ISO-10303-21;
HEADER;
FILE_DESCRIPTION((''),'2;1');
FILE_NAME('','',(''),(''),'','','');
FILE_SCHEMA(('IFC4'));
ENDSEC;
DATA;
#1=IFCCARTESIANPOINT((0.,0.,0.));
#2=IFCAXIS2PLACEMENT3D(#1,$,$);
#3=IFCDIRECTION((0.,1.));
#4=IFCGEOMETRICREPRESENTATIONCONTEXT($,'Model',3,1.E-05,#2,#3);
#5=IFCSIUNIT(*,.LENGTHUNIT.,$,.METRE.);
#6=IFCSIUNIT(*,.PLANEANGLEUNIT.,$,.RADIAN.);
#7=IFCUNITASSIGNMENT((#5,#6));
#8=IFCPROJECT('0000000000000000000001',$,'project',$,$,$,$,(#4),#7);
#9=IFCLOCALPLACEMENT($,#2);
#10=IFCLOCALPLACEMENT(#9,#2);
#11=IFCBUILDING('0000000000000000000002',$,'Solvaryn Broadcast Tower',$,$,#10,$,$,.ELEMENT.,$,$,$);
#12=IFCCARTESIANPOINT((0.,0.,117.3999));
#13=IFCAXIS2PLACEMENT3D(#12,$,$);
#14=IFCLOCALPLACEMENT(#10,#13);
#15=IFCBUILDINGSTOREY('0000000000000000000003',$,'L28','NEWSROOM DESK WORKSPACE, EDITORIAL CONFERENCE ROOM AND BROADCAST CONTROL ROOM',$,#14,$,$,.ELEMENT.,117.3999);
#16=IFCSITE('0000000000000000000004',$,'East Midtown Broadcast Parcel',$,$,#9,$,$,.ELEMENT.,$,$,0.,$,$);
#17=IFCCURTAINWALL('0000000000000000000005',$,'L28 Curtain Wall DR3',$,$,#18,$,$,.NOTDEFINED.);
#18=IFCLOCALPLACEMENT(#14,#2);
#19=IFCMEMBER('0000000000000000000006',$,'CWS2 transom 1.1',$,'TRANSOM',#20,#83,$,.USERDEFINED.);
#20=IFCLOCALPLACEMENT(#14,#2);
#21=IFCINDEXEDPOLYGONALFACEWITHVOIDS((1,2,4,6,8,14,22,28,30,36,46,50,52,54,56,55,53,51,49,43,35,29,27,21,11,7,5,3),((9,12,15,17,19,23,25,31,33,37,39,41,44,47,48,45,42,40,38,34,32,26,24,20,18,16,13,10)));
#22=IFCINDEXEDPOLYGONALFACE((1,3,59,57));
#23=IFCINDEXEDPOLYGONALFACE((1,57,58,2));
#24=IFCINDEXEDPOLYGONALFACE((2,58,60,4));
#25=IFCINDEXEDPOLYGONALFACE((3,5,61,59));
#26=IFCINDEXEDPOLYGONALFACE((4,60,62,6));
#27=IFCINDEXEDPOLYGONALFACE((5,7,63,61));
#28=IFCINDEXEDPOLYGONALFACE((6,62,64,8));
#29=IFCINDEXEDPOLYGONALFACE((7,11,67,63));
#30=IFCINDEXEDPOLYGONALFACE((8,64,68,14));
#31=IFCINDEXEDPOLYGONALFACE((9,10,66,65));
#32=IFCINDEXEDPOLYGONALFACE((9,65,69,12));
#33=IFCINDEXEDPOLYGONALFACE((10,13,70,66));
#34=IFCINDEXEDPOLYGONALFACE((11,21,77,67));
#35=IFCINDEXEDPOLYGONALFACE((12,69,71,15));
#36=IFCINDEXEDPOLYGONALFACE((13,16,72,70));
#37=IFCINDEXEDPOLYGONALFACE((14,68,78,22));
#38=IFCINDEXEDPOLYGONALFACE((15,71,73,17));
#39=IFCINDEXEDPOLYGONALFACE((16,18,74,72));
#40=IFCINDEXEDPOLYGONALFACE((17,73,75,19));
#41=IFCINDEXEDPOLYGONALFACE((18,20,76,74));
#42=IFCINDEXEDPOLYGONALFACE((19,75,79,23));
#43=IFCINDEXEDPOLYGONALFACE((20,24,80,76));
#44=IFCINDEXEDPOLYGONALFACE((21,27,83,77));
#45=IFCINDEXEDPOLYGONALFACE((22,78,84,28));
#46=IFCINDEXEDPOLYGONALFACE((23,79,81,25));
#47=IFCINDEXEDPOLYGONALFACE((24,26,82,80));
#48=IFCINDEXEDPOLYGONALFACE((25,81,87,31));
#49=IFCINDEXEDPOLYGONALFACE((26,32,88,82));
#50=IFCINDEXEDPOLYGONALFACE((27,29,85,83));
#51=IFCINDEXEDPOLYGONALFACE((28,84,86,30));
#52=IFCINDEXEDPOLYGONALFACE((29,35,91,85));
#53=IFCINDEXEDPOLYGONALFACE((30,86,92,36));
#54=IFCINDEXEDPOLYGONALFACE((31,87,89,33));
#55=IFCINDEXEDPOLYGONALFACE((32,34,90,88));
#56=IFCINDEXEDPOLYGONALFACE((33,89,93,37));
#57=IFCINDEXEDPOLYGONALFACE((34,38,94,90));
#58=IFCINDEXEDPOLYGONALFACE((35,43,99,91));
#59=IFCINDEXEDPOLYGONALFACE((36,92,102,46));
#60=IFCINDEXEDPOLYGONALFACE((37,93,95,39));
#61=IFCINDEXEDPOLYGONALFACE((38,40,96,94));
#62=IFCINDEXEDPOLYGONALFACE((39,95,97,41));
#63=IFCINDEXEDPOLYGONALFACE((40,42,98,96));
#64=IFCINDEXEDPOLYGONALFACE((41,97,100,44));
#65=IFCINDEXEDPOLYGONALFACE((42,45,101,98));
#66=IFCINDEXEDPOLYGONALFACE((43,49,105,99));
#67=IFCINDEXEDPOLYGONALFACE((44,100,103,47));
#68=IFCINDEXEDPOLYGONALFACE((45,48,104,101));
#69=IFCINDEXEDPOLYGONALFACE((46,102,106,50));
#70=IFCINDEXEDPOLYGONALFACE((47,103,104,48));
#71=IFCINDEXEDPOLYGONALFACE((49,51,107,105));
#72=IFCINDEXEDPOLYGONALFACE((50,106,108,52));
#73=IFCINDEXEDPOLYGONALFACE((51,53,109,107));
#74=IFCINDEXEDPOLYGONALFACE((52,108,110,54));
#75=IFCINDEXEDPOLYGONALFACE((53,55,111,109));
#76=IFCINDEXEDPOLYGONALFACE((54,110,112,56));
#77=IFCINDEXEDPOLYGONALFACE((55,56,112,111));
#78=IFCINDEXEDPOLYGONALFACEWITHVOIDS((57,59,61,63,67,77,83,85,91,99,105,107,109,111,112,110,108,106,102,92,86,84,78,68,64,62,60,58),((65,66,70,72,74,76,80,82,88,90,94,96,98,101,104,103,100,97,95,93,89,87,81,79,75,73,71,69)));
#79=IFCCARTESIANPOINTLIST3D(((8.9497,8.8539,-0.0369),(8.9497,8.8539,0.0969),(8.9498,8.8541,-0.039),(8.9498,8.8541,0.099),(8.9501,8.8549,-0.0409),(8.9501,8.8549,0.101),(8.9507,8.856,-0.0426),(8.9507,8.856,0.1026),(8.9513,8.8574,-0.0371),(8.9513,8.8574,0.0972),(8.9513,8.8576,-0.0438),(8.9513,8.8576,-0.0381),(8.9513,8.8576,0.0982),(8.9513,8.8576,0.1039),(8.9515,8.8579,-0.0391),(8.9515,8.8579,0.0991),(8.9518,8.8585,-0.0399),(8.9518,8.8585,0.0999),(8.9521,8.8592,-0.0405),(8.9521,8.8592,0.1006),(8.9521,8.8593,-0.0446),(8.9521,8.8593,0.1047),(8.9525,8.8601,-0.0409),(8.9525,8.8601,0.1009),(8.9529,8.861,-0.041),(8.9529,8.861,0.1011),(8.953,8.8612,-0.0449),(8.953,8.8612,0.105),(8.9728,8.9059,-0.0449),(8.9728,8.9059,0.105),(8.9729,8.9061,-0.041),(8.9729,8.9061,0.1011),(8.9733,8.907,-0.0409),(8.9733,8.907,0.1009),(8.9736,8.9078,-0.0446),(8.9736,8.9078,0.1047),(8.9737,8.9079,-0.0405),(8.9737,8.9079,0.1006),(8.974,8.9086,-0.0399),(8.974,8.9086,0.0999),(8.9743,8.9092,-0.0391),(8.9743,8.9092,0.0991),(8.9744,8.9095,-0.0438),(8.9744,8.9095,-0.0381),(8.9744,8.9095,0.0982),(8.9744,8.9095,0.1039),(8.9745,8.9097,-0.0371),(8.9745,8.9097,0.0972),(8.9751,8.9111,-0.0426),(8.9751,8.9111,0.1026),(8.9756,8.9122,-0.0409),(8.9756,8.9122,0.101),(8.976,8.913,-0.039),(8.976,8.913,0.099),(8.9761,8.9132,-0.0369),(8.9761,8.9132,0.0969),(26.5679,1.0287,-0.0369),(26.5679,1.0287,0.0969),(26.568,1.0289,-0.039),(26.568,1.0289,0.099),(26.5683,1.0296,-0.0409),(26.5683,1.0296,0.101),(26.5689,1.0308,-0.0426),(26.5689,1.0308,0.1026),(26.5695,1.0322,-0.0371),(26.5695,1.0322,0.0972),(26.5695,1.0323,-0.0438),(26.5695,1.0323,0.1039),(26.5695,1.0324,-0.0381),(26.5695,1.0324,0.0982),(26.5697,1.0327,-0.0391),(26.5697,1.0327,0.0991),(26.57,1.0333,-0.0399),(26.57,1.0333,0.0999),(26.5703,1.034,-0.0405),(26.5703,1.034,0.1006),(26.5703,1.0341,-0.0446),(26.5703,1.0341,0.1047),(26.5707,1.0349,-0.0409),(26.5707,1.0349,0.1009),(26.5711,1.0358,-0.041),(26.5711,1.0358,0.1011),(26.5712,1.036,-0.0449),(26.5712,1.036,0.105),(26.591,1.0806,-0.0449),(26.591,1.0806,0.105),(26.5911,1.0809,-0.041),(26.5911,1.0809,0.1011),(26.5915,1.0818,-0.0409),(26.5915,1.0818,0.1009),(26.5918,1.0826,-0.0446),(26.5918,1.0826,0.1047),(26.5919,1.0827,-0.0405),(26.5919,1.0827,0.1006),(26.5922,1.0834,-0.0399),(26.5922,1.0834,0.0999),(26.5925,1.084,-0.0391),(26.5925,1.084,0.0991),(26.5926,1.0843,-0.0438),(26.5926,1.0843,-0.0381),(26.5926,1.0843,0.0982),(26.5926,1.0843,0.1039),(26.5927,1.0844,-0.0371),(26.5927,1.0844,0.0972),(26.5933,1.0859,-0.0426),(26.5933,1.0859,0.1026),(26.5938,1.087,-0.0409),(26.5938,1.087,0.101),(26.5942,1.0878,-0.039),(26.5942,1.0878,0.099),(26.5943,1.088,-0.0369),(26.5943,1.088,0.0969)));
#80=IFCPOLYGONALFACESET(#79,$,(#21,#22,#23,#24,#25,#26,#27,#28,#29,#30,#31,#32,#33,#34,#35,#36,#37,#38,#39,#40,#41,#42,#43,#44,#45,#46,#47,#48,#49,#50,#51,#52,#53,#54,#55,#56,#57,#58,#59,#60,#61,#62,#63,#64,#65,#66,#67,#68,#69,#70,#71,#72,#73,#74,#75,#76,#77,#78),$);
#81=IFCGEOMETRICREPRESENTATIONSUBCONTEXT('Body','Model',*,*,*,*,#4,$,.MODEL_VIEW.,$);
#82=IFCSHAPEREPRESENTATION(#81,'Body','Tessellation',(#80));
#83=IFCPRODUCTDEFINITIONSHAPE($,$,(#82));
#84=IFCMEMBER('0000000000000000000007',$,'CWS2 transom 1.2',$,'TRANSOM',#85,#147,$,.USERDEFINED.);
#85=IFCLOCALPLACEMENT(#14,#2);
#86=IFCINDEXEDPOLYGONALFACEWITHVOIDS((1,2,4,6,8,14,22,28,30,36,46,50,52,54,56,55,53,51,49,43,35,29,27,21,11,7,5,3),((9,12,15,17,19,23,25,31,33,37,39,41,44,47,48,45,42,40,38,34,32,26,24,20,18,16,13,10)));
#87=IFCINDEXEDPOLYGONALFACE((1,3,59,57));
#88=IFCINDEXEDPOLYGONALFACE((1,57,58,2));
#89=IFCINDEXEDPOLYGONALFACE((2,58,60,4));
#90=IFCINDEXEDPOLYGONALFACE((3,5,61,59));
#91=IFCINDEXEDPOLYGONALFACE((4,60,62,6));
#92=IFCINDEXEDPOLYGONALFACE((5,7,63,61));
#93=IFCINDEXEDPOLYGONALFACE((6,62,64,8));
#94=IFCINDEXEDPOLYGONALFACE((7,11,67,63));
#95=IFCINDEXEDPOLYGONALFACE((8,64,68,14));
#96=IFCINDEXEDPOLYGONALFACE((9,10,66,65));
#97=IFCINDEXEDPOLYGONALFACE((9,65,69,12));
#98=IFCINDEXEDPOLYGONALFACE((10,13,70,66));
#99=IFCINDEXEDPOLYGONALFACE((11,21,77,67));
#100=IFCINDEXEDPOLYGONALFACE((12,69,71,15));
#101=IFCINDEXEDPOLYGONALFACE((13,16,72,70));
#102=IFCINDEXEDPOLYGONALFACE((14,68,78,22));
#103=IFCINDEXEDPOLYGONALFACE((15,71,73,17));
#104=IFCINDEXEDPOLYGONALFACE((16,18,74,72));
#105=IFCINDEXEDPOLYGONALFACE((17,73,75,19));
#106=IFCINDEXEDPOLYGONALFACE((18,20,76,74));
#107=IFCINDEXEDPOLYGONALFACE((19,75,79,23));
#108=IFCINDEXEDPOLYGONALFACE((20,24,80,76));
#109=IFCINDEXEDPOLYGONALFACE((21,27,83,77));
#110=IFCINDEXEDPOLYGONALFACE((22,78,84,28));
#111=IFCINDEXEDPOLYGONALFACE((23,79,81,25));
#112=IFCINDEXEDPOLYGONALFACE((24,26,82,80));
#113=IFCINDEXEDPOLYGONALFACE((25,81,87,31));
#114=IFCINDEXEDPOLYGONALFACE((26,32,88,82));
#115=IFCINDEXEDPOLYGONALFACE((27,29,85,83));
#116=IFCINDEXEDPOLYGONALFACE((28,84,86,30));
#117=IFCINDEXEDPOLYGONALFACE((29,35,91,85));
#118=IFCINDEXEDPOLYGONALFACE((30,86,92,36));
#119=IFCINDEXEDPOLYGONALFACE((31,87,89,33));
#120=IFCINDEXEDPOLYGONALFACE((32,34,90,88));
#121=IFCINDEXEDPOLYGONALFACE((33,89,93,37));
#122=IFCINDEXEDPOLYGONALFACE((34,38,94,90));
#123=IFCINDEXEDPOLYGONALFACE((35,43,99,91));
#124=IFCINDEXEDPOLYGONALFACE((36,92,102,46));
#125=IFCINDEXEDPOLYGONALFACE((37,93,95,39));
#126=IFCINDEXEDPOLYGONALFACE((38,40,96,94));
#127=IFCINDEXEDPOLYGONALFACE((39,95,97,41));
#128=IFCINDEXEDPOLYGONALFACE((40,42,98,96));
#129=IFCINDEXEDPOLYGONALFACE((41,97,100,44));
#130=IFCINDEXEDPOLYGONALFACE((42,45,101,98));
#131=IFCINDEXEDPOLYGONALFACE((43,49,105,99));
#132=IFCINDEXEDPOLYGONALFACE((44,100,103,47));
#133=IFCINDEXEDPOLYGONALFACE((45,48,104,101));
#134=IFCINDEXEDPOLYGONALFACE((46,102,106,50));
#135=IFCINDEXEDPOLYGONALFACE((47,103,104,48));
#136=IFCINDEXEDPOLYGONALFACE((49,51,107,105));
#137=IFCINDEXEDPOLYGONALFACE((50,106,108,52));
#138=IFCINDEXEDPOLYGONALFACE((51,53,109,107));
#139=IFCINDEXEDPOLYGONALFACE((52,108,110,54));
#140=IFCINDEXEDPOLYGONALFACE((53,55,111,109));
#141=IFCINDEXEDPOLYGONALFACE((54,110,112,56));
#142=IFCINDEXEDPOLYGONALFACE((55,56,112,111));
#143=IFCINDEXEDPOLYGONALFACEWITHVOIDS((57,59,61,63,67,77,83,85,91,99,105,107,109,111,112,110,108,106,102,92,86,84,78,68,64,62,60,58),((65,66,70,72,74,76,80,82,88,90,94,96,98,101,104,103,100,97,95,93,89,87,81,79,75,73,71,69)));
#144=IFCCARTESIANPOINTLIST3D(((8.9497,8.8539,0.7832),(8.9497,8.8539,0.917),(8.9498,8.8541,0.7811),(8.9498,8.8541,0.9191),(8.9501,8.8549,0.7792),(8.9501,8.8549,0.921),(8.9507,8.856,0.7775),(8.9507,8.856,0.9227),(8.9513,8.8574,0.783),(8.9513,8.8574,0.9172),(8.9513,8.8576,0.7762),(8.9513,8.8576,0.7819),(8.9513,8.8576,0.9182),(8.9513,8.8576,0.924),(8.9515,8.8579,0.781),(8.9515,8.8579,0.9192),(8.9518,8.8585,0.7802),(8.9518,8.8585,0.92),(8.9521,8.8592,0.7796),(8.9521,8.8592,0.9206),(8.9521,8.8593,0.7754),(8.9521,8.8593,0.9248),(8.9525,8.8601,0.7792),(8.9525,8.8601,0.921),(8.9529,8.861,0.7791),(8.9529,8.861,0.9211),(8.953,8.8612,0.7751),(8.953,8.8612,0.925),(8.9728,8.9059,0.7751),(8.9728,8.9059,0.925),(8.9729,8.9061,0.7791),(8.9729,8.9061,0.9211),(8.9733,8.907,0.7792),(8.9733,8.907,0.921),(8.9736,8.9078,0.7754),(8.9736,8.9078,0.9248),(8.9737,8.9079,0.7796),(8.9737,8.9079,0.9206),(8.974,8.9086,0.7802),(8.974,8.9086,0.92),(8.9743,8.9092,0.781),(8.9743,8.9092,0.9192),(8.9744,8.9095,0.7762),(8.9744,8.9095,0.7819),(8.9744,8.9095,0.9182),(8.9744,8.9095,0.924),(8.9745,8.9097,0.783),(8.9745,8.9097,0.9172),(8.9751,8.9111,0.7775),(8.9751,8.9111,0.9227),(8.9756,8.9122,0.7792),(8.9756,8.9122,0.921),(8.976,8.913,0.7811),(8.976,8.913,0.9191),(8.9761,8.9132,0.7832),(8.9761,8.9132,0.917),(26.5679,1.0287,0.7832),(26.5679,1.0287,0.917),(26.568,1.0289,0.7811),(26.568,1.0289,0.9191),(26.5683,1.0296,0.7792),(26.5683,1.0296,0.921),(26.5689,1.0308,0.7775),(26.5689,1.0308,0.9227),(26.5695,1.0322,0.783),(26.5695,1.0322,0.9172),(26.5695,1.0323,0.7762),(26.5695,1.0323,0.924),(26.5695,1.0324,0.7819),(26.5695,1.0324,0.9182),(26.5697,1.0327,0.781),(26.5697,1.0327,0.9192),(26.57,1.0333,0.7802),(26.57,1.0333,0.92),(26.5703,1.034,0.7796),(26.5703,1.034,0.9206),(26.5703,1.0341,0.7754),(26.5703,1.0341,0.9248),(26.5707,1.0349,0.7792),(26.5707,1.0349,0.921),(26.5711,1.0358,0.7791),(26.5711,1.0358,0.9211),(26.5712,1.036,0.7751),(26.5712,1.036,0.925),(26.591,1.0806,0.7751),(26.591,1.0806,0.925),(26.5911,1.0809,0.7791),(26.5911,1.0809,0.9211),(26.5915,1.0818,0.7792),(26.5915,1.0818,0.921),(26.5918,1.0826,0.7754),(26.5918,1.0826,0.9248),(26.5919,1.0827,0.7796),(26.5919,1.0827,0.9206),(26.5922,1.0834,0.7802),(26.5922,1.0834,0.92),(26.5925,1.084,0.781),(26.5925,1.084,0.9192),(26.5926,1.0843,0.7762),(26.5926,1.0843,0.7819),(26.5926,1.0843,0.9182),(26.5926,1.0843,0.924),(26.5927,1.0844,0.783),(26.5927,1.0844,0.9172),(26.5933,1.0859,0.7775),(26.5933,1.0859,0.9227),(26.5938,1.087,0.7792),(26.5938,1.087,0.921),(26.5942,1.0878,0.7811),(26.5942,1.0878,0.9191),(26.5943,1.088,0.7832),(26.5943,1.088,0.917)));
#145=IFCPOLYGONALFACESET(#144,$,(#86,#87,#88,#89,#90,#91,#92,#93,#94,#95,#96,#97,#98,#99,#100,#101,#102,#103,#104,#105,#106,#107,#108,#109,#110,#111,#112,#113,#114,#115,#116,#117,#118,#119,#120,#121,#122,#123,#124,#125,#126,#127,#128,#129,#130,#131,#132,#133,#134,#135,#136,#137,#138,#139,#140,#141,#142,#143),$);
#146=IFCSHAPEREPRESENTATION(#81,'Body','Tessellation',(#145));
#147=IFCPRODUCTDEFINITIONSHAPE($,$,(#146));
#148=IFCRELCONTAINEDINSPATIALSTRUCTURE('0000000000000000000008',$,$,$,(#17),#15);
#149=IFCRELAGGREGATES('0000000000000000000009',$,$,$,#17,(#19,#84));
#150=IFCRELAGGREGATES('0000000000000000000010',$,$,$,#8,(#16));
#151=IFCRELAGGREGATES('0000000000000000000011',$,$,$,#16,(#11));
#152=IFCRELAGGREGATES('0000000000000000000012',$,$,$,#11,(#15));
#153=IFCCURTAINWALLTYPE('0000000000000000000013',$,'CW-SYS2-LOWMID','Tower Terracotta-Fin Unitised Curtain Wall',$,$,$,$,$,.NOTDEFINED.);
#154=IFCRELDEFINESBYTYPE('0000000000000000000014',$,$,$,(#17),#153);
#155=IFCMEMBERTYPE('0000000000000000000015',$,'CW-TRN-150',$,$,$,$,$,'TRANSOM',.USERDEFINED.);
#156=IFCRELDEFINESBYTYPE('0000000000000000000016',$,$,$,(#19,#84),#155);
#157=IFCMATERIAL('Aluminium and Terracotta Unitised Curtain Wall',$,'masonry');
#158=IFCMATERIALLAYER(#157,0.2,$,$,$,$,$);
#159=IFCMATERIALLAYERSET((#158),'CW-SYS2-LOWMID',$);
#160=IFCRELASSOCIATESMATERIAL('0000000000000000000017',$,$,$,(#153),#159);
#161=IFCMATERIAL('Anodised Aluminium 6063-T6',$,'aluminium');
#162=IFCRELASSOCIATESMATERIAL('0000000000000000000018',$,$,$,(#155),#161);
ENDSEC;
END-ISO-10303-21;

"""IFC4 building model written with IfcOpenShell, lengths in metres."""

from ifc_helpers import new_model, si_unit, direction, frame, origin, origin_2d, place, context, subcontext, project, spatial, hollow_rectangle, extrude, material, layer, layer_set, material_profile, profile_set, type_object, element, aggregate, save


model = new_model("IFC4")

# Units and contexts
model_context = context("Model", 3, precision=1e-05, world=origin(), true_north=direction((0.0, 1.0)))
body_context = subcontext(model_context, "Body", "Model", "MODEL_VIEW")
ifc_project = project(units=[si_unit("LENGTHUNIT", "METRE"), si_unit("PLANEANGLEUNIT", "RADIAN")], contexts=[model_context])

# Site, building, storey
site_placement = place(None, origin())
site = spatial("IfcSite", under=ifc_project, at=site_placement, Name="East Midtown Broadcast Parcel", CompositionType="ELEMENT", RefElevation=0.0)
building_placement = place(site_placement, origin())
building = spatial("IfcBuilding", under=site, at=building_placement, Name="Solvaryn Broadcast Tower", CompositionType="ELEMENT")
storey_placement = place(building_placement, frame((0.0, 0.0, 117.3999)))
storey = spatial("IfcBuildingStorey", under=building, at=storey_placement, Name="L28", Description="NEWSROOM DESK WORKSPACE, EDITORIAL CONFERENCE ROOM AND BROADCAST CONTROL ROOM", CompositionType="ELEMENT", Elevation=117.3999)

# Curtain wall, members
ifc_material_1 = material(Name="Aluminium and Terracotta Unitised Curtain Wall", Category="masonry")
ifc_layer_1 = layer(ifc_material_1, 0.2)
ifc_layer_set_1 = layer_set([ifc_layer_1], Name="CW-SYS2-LOWMID")
curtain_wall_type_1 = type_object("IfcCurtainWallType", Name="CW-SYS2-LOWMID", Description="Tower Terracotta-Fin Unitised Curtain Wall", PredefinedType="NOTDEFINED", material=ifc_layer_set_1)
curtain_wall_1_placement = place(storey_placement, origin())
curtain_wall_1 = element("IfcCurtainWall", 1, at=curtain_wall_1_placement, inside=storey, type_object=curtain_wall_type_1, Name="L28 Curtain Wall DR3", PredefinedType="NOTDEFINED")
ifc_material_2 = material(Name="Anodised Aluminium 6063-T6", Category="aluminium")
ifc_material_profile_1 = material_profile(ifc_material_2, hollow_rectangle(XDim=0.0649, YDim=0.1499, WallThickness=0.0039, InnerFilletRadius=0.0039, OuterFilletRadius=0.0081, at=origin_2d()))
ifc_profile_set_1 = profile_set([ifc_material_profile_1], Name="Anodised Aluminium 6063-T6")
member_type_1 = type_object("IfcMemberType", Name="CW-TRN-150", ElementType="TRANSOM", PredefinedType="USERDEFINED", material=ifc_profile_set_1)
member_1_placement = place(storey_placement, frame((8.9629, 8.8835, 0.03), z_axis=(0.91391, -0.405918, 0.0), x_axis=(0.405918, 0.91391, 0.0)))
member_1 = element("IfcMember", 2, at=member_1_placement, type_object=member_type_1, Name="CWS2 transom 1.1", ObjectType="TRANSOM", PredefinedType="USERDEFINED", context=body_context, shape_type="SweptSolid", body=[
    extrude(hollow_rectangle(XDim=0.0649, YDim=0.1499, WallThickness=0.0039, InnerFilletRadius=0.0039, OuterFilletRadius=0.0081, at=origin_2d()), origin(), (0.0, 0.0, 1.0), 19.2778),
])
member_2_placement = place(storey_placement, frame((8.9629, 8.8835, 0.8501), z_axis=(0.91391, -0.405918, 0.0), x_axis=(0.405918, 0.91391, 0.0)))
member_2 = element("IfcMember", 3, at=member_2_placement, type_object=member_type_1, Name="CWS2 transom 1.2", ObjectType="TRANSOM", PredefinedType="USERDEFINED", context=body_context, shape_type="SweptSolid", body=[
    extrude(hollow_rectangle(XDim=0.0649, YDim=0.1499, WallThickness=0.0039, InnerFilletRadius=0.0039, OuterFilletRadius=0.0081, at=origin_2d()), origin(), (0.0, 0.0, 1.0), 19.2778),
])
aggregate(curtain_wall_1, [member_1, member_2])

save(model, "model.ifc")
